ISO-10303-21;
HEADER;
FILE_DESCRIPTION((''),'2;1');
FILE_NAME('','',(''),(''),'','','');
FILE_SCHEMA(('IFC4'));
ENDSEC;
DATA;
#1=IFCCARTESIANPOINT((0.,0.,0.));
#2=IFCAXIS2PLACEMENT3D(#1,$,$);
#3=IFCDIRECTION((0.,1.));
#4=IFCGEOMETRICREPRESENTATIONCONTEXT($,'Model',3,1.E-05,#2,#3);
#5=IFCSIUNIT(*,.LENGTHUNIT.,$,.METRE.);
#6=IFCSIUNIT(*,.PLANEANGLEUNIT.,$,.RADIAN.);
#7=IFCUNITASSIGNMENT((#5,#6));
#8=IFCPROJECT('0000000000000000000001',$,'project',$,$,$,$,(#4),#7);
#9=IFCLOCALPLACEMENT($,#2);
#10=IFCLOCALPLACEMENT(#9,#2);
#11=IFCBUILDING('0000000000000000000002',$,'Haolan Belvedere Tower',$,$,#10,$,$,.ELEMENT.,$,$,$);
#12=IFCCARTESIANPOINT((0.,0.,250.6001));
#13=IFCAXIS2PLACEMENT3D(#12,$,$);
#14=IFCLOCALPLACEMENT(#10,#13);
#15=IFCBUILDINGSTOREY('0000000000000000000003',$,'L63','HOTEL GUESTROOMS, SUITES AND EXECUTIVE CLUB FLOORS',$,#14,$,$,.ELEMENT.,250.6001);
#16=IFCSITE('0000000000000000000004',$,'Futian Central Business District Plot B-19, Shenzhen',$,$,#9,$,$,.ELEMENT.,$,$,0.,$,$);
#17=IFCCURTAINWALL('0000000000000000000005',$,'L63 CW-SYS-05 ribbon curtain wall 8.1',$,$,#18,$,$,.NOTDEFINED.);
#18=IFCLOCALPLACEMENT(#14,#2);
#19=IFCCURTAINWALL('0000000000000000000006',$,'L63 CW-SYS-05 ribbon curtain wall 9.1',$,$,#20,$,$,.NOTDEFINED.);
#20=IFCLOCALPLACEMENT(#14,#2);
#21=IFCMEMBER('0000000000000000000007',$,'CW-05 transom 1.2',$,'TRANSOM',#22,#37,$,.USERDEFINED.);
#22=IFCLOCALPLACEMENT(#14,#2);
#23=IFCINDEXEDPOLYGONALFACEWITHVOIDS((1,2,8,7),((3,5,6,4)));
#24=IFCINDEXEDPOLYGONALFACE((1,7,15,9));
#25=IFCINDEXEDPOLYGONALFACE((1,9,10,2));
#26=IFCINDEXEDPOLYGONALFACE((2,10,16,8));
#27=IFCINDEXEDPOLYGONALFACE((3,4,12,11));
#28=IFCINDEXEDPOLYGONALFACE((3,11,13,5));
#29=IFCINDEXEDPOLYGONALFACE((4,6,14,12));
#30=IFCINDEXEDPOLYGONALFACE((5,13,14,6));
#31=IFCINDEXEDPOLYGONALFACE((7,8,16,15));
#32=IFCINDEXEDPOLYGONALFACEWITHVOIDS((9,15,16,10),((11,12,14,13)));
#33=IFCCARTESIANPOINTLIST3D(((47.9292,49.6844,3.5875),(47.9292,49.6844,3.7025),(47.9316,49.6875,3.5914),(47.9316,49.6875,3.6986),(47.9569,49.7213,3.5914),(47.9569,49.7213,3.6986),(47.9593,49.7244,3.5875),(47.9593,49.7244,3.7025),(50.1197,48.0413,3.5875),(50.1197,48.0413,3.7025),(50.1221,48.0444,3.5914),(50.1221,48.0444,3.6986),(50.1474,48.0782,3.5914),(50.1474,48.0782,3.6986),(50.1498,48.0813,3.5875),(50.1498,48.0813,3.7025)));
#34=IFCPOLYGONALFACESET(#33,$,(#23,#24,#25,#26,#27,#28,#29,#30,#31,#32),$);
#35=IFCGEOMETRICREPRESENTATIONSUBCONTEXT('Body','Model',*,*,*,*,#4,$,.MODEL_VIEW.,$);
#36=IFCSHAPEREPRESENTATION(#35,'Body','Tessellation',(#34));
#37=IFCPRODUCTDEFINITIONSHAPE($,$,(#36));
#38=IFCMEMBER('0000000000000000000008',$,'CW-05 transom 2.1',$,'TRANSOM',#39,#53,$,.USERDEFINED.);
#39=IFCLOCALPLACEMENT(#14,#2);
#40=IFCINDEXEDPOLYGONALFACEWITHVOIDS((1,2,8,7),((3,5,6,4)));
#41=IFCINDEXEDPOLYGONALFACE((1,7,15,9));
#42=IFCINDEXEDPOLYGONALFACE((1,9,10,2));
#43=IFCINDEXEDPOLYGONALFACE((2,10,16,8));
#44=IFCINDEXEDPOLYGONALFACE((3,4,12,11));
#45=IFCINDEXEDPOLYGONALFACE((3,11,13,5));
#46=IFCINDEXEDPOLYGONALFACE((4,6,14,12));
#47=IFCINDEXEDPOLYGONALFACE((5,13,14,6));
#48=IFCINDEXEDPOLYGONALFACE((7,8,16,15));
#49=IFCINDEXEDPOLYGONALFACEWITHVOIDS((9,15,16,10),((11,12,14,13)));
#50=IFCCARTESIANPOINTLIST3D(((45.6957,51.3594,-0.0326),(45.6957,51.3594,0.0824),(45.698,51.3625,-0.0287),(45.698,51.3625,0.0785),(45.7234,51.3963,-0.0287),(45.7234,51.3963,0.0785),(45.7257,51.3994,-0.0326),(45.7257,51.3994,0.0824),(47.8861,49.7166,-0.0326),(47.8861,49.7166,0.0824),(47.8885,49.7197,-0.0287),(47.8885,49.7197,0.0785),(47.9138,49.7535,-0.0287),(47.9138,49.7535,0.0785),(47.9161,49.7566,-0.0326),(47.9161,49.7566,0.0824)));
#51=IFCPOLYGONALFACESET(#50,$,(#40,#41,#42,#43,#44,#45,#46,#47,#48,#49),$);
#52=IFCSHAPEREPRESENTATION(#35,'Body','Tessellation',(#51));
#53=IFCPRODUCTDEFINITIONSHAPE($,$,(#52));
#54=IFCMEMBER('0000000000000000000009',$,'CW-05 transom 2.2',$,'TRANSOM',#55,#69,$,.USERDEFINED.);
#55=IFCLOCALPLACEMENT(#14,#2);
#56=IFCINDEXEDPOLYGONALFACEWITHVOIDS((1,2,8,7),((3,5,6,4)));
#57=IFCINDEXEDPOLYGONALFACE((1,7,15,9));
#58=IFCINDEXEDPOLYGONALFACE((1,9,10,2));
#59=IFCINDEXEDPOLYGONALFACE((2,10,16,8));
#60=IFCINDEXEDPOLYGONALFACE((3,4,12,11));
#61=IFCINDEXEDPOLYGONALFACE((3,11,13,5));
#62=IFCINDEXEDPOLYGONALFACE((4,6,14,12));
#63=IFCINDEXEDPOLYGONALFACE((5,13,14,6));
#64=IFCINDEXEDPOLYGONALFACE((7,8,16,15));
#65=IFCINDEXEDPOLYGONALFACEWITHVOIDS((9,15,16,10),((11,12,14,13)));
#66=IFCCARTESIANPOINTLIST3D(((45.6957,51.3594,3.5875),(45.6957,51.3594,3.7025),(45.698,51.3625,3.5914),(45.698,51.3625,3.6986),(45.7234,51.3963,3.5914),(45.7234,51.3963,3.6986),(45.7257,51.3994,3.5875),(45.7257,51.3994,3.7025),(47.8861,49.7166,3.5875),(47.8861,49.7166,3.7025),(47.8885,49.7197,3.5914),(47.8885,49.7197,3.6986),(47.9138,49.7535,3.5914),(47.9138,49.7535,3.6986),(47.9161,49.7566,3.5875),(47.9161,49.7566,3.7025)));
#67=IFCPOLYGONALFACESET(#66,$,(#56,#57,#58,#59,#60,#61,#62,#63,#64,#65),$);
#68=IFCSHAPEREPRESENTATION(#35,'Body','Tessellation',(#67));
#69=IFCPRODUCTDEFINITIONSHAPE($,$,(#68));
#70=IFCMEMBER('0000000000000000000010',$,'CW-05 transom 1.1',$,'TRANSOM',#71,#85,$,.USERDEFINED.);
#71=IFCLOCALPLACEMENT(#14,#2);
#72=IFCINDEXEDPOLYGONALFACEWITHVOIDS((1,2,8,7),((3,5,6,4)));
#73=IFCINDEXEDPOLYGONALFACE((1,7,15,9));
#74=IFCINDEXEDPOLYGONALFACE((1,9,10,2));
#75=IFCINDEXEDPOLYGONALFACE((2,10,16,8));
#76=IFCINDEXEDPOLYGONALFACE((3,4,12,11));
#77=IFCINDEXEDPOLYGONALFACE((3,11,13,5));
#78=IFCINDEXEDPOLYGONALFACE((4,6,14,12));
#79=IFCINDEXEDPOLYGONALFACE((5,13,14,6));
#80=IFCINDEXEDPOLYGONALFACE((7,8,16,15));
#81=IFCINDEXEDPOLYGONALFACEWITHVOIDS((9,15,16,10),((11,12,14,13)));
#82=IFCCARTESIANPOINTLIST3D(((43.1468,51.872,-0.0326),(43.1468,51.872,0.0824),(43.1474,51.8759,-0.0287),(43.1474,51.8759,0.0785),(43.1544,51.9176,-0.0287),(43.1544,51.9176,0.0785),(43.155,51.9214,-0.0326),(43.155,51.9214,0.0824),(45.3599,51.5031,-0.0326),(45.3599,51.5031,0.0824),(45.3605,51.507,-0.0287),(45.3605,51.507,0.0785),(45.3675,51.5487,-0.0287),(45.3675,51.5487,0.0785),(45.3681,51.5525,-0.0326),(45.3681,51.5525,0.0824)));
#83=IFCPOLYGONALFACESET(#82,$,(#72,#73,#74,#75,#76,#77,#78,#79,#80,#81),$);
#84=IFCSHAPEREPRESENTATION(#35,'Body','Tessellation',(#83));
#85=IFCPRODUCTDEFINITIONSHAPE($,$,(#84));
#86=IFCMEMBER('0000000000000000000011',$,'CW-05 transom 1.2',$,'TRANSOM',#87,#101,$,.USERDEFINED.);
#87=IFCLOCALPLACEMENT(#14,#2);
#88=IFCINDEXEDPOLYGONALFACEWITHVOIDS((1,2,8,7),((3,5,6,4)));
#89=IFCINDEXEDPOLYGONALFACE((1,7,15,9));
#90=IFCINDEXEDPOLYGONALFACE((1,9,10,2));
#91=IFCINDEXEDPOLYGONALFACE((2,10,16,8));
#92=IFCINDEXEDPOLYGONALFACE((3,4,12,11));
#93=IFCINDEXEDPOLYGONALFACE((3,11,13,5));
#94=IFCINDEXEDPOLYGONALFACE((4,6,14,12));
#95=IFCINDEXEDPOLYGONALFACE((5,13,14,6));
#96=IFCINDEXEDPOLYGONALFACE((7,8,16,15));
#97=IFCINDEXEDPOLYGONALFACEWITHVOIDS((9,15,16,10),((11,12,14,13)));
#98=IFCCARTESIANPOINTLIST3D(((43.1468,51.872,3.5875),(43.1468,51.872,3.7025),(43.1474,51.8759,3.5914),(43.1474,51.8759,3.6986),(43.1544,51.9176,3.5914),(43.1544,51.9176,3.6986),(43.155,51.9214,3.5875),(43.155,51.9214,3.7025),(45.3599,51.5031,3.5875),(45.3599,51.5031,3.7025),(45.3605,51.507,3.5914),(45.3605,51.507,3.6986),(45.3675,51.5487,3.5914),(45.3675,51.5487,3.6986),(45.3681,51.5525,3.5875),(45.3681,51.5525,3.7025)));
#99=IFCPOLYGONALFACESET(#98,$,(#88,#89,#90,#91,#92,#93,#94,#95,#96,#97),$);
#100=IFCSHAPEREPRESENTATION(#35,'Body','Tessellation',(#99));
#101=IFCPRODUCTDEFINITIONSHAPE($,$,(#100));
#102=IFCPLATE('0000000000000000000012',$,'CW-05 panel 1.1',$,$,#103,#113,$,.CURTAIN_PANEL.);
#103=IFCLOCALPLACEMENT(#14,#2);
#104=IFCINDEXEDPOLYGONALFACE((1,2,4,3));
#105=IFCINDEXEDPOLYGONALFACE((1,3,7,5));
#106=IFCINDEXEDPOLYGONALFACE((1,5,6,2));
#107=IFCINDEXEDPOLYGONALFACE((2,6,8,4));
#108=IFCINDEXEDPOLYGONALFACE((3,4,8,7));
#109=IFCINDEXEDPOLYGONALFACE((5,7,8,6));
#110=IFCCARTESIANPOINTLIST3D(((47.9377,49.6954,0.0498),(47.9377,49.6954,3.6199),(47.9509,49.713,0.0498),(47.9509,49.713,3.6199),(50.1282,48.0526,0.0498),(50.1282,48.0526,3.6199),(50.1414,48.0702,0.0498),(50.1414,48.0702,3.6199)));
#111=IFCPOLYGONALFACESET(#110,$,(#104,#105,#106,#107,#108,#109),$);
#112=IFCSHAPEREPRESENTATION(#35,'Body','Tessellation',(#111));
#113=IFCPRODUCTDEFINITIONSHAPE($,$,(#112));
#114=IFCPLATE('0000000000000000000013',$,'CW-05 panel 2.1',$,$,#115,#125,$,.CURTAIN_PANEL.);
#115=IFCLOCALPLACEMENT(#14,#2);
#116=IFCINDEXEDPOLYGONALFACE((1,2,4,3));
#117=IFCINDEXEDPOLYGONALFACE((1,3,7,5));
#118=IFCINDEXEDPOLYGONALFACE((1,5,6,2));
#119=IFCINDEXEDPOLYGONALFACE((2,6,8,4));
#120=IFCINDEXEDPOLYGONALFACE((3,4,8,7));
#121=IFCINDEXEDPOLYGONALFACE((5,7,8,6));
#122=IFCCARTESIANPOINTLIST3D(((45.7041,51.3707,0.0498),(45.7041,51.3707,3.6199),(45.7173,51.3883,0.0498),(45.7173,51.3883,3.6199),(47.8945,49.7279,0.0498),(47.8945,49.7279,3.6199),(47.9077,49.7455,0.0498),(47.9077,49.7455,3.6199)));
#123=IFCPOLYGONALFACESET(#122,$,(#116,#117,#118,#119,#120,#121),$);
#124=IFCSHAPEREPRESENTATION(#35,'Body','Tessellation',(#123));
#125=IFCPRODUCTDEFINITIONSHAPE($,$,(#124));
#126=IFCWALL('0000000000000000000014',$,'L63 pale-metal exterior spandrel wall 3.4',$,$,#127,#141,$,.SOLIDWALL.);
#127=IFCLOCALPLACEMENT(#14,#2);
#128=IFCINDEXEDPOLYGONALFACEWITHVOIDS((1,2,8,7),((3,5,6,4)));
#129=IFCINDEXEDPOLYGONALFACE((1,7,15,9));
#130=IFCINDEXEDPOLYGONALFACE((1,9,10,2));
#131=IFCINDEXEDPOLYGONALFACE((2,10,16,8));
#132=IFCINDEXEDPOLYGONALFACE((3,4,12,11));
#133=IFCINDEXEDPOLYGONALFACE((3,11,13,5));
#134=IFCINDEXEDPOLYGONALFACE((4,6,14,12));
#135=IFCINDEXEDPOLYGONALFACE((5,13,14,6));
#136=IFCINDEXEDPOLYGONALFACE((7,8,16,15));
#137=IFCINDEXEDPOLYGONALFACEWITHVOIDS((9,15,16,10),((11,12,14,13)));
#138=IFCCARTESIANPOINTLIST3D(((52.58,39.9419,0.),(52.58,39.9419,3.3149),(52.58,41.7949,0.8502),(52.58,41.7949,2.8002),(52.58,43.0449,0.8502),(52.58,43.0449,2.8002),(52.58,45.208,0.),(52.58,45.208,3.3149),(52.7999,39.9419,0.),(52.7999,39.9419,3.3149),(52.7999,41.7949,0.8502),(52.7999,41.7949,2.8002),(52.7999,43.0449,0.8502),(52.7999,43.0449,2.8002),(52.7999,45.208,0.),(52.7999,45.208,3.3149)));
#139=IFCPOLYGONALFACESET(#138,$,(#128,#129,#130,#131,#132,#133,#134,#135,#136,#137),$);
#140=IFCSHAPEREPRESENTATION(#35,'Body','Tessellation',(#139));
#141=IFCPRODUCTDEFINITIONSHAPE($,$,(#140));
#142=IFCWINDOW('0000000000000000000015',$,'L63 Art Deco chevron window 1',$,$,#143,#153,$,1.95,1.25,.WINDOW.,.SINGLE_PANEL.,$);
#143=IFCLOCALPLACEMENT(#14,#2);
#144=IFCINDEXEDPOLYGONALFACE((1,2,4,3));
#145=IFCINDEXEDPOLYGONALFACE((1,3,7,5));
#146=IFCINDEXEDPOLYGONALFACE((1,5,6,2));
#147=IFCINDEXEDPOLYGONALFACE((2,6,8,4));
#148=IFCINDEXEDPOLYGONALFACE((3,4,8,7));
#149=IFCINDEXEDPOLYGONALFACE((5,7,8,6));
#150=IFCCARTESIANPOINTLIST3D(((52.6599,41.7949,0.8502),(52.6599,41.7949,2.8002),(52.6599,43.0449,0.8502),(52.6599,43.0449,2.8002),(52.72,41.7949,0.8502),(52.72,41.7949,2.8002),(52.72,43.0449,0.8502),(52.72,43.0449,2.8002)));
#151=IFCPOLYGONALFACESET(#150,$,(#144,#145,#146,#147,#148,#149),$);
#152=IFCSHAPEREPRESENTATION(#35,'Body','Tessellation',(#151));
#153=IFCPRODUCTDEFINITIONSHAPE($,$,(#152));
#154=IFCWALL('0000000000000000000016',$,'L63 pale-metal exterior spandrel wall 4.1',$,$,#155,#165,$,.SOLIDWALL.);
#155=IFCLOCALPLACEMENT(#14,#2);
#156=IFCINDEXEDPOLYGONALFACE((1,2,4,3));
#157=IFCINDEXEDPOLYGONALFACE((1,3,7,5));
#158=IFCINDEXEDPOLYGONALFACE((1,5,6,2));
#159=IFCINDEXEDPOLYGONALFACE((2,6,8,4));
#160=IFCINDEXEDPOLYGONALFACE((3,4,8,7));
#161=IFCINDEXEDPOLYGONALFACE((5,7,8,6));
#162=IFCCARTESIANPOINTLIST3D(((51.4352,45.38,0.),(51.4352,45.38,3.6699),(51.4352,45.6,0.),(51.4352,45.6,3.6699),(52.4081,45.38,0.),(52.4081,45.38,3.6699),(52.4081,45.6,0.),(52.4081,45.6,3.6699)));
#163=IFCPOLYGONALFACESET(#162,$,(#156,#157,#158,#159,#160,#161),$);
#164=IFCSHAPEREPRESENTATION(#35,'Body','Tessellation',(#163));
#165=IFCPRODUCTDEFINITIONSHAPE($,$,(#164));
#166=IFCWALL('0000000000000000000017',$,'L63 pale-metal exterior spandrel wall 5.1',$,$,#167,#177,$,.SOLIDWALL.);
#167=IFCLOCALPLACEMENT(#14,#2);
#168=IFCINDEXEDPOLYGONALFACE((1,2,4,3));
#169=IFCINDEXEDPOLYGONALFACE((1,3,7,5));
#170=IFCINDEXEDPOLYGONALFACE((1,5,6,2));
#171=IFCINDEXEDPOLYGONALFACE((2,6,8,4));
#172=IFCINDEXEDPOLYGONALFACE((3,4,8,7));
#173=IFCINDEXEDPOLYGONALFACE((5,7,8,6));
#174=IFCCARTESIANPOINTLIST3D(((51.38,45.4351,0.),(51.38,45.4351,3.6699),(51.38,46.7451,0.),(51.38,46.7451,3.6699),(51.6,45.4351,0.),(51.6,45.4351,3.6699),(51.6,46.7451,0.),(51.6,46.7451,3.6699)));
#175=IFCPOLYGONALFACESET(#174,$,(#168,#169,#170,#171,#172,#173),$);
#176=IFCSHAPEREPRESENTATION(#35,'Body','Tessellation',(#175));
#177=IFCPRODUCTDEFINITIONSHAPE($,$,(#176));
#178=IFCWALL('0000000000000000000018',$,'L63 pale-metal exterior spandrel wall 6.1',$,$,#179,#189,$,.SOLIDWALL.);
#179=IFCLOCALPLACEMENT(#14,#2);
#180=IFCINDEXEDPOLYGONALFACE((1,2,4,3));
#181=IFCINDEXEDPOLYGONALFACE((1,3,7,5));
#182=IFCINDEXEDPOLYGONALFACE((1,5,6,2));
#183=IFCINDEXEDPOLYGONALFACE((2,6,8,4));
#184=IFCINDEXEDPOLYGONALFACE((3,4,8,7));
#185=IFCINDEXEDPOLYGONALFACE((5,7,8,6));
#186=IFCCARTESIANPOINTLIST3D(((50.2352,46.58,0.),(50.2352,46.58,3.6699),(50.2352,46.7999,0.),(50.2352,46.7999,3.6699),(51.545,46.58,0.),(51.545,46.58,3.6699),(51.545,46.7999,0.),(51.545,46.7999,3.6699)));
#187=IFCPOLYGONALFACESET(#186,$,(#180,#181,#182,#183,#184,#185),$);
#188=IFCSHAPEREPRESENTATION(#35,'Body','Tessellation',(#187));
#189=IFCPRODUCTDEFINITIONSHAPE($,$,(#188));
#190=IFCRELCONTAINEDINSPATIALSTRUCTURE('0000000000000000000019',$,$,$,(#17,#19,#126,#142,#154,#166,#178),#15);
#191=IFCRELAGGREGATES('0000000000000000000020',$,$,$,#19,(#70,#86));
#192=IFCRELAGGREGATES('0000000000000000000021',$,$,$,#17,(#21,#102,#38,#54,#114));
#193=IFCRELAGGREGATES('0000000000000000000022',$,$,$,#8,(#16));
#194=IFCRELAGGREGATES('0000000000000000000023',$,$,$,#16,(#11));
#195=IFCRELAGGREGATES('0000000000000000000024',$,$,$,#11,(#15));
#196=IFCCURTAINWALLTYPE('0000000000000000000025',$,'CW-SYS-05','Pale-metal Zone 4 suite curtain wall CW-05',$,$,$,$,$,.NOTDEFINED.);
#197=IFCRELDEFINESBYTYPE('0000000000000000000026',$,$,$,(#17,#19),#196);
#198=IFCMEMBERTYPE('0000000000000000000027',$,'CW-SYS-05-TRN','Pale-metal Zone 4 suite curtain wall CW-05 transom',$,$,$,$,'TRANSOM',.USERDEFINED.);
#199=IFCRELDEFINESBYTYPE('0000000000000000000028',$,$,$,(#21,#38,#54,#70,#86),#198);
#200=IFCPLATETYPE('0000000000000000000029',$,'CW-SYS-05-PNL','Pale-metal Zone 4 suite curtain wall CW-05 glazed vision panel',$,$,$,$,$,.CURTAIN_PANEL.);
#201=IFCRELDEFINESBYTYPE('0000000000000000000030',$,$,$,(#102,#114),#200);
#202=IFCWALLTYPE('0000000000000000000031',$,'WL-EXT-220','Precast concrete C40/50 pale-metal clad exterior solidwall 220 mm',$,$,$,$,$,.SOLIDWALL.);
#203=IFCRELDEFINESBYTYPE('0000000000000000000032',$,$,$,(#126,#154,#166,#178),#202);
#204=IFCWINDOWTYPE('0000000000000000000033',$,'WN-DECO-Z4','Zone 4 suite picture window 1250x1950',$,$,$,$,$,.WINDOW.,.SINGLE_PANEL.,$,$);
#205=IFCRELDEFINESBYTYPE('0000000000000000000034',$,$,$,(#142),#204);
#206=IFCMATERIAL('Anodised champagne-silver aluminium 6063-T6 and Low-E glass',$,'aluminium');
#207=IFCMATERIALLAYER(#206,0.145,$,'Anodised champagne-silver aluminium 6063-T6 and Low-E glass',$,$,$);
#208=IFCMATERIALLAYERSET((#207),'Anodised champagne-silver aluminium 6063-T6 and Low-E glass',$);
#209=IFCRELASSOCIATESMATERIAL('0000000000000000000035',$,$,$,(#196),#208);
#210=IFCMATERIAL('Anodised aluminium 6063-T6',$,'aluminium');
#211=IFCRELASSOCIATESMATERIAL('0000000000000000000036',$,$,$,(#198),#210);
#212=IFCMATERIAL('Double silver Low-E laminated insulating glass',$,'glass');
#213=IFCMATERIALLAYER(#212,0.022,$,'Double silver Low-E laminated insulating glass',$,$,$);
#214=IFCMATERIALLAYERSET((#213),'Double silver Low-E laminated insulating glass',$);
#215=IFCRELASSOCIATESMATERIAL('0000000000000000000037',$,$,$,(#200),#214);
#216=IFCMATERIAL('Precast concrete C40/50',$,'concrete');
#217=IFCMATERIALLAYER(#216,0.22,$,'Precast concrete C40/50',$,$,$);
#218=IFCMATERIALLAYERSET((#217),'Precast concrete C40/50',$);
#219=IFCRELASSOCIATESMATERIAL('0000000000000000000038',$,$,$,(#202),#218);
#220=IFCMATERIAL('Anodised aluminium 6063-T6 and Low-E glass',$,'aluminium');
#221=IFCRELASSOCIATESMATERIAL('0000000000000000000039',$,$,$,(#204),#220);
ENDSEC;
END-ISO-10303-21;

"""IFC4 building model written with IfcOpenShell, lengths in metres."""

from ifc_helpers import new_model, si_unit, direction, frame, frame_2d, origin, origin_2d, place, context, subcontext, project, spatial, rectangle, hollow_rectangle, extrude, material, layer, layer_set, material_profile, profile_set, type_object, element, fill, aggregate, save


model = new_model("IFC4")

# Units and contexts
model_context = context("Model", 3, precision=1e-05, world=origin(), true_north=direction((0.0, 1.0)))
body_context = subcontext(model_context, "Body", "Model", "MODEL_VIEW")
ifc_project = project(units=[si_unit("LENGTHUNIT", "METRE"), si_unit("PLANEANGLEUNIT", "RADIAN")], contexts=[model_context])

# Site, building, storey
site_placement = place(None, origin())
site = spatial("IfcSite", under=ifc_project, at=site_placement, Name="Futian Central Business District Plot B-19, Shenzhen", CompositionType="ELEMENT", RefElevation=0.0)
building_placement = place(site_placement, origin())
building = spatial("IfcBuilding", under=site, at=building_placement, Name="Haolan Belvedere Tower", CompositionType="ELEMENT")
storey_placement = place(building_placement, frame((0.0, 0.0, 250.6001)))
storey = spatial("IfcBuildingStorey", under=building, at=storey_placement, Name="L63", Description="HOTEL GUESTROOMS, SUITES AND EXECUTIVE CLUB FLOORS", CompositionType="ELEMENT", Elevation=250.6001)

# Curtain wall
ifc_material_1 = material(Name="Anodised champagne-silver aluminium 6063-T6 and Low-E glass", Category="aluminium")
ifc_layer_1 = layer(ifc_material_1, 0.145, Name="Anodised champagne-silver aluminium 6063-T6 and Low-E glass")
ifc_layer_set_1 = layer_set([ifc_layer_1], Name="Anodised champagne-silver aluminium 6063-T6 and Low-E glass")
curtain_wall_type = type_object("IfcCurtainWallType", Name="CW-SYS-05", Description="Pale-metal Zone 4 suite curtain wall CW-05", PredefinedType="NOTDEFINED", material=ifc_layer_set_1)
curtain_wall_1_placement = place(storey_placement, origin())
curtain_wall_1 = element("IfcCurtainWall", 1, at=curtain_wall_1_placement, inside=storey, type_object=curtain_wall_type, Name="L63 CW-SYS-05 ribbon curtain wall 8.1", PredefinedType="NOTDEFINED")
ifc_material_2 = material(Name="Anodised aluminium 6063-T6", Category="aluminium")

# Curtain wall
curtain_wall_2_placement = place(storey_placement, origin())
curtain_wall_2 = element("IfcCurtainWall", 2, at=curtain_wall_2_placement, inside=storey, type_object=curtain_wall_type, Name="L63 CW-SYS-05 ribbon curtain wall 9.1", PredefinedType="NOTDEFINED")

# Members
ifc_material_profile_1 = material_profile(ifc_material_2, hollow_rectangle(XDim=0.05, YDim=0.115, WallThickness=0.0039, at=origin_2d()), Name="Anodised aluminium 6063-T6")
ifc_profile_set_1 = profile_set([ifc_material_profile_1], Name="Anodised aluminium 6063-T6")
member_type_1 = type_object("IfcMemberType", Name="CW-SYS-05-TRN", Description="Pale-metal Zone 4 suite curtain wall CW-05 transom", ElementType="TRANSOM", PredefinedType="USERDEFINED", material=ifc_profile_set_1)
member_1_placement = place(storey_placement, frame((50.1348, 48.0613, 3.645), z_axis=(-0.799957, 0.600057, 0.0), x_axis=(-0.600057, -0.799957, 0.0)))
member_1 = element("IfcMember", 3, at=member_1_placement, type_object=member_type_1, Name="CW-05 transom 1.2", ObjectType="TRANSOM", PredefinedType="USERDEFINED", context=body_context, shape_type="SweptSolid", body=[
    extrude(hollow_rectangle(XDim=0.05, YDim=0.115, WallThickness=0.0039, at=origin_2d()), origin(), (0.0, 0.0, 1.0), 2.7383),
])
member_2_placement = place(storey_placement, frame((47.9011, 49.7366, 0.0249), z_axis=(-0.8, 0.6, 0.0), x_axis=(-0.6, -0.8, 0.0)))
member_2 = element("IfcMember", 4, at=member_2_placement, type_object=member_type_1, Name="CW-05 transom 2.1", ObjectType="TRANSOM", PredefinedType="USERDEFINED", context=body_context, shape_type="SweptSolid", body=[
    extrude(hollow_rectangle(XDim=0.05, YDim=0.115, WallThickness=0.0039, at=origin_2d()), origin(), (0.0, 0.0, 1.0), 2.738),
])
member_3_placement = place(storey_placement, frame((47.9011, 49.7366, 3.645), z_axis=(-0.8, 0.6, 0.0), x_axis=(-0.6, -0.8, 0.0)))
member_3 = element("IfcMember", 5, at=member_3_placement, type_object=member_type_1, Name="CW-05 transom 2.2", ObjectType="TRANSOM", PredefinedType="USERDEFINED", context=body_context, shape_type="SweptSolid", body=[
    extrude(hollow_rectangle(XDim=0.05, YDim=0.115, WallThickness=0.0039, at=origin_2d()), origin(), (0.0, 0.0, 1.0), 2.738),
])
member_4_placement = place(storey_placement, frame((45.364, 51.5278, 0.0249), z_axis=(-0.986391, 0.164417, 0.0), x_axis=(-0.164417, -0.986391, 0.0)))
member_4 = element("IfcMember", 6, at=member_4_placement, type_object=member_type_1, Name="CW-05 transom 1.1", ObjectType="TRANSOM", PredefinedType="USERDEFINED", context=body_context, shape_type="SweptSolid", body=[
    extrude(hollow_rectangle(XDim=0.05, YDim=0.115, WallThickness=0.0039, at=origin_2d()), origin(), (0.0, 0.0, 1.0), 2.2437),
])
member_5_placement = place(storey_placement, frame((45.364, 51.5278, 3.645), z_axis=(-0.986391, 0.164417, 0.0), x_axis=(-0.164417, -0.986391, 0.0)))
member_5 = element("IfcMember", 7, at=member_5_placement, type_object=member_type_1, Name="CW-05 transom 1.2", ObjectType="TRANSOM", PredefinedType="USERDEFINED", context=body_context, shape_type="SweptSolid", body=[
    extrude(hollow_rectangle(XDim=0.05, YDim=0.115, WallThickness=0.0039, at=origin_2d()), origin(), (0.0, 0.0, 1.0), 2.2437),
])
aggregate(curtain_wall_2, [member_4, member_5])

# Plates
ifc_material_3 = material(Name="Double silver Low-E laminated insulating glass", Category="glass")
ifc_layer_2 = layer(ifc_material_3, 0.022, Name="Double silver Low-E laminated insulating glass")
ifc_layer_set_2 = layer_set([ifc_layer_2], Name="Double silver Low-E laminated insulating glass")
plate_type = type_object("IfcPlateType", Name="CW-SYS-05-PNL", Description="Pale-metal Zone 4 suite curtain wall CW-05 glazed vision panel", PredefinedType="CURTAIN_PANEL", material=ifc_layer_set_2)
plate_1_placement = place(storey_placement, frame((49.0396, 48.8828, 0.0498), z_axis=(0.0, 0.0, 1.0), x_axis=(-0.799998, 0.600003, 0.0)))
plate_1 = element("IfcPlate", 8, at=plate_1_placement, type_object=plate_type, Name="CW-05 panel 1.1", PredefinedType="CURTAIN_PANEL", context=body_context, shape_type="SweptSolid", body=[
    extrude(rectangle(XDim=2.738, YDim=0.022, at=origin_2d()), origin(), (0.0, 0.0, 1.0), 3.5701),
])
plate_2_placement = place(storey_placement, frame((46.8059, 50.5581, 0.0498), z_axis=(0.0, 0.0, 1.0), x_axis=(-0.799998, 0.600003, 0.0)))
plate_2 = element("IfcPlate", 9, at=plate_2_placement, type_object=plate_type, Name="CW-05 panel 2.1", PredefinedType="CURTAIN_PANEL", context=body_context, shape_type="SweptSolid", body=[
    extrude(rectangle(XDim=2.738, YDim=0.022, at=origin_2d()), origin(), (0.0, 0.0, 1.0), 3.5701),
])
aggregate(curtain_wall_1, [member_1, plate_1, member_2, member_3, plate_2])

# Wall, opening, window
ifc_material_4 = material(Name="Precast concrete C40/50", Category="concrete")
ifc_layer_3 = layer(ifc_material_4, 0.22, Name="Precast concrete C40/50")
ifc_layer_set_3 = layer_set([ifc_layer_3], Name="Precast concrete C40/50")
wall_type_1 = type_object("IfcWallType", Name="WL-EXT-220", Description="Precast concrete C40/50 pale-metal clad exterior solidwall 220 mm", PredefinedType="SOLIDWALL", material=ifc_layer_set_3)
wall_1_placement = place(storey_placement, frame((52.6899, 39.9419, 0.0), z_axis=(0.0, 0.0, 1.0), x_axis=(0.0, 1.0, 0.0)))
wall_1 = element("IfcWall", 10, at=wall_1_placement, inside=storey, type_object=wall_type_1, Name="L63 pale-metal exterior spandrel wall 3.4", PredefinedType="SOLIDWALL", context=body_context, shape_type="SweptSolid", body=[
    extrude(rectangle(XDim=5.2661, YDim=0.22, at=frame_2d((2.6331, 0.0))), origin(), (0.0, 0.0, 1.0), 3.3149),
])
opening_1_placement = place(wall_1_placement, frame((1.853, 0.0, 0.8501)))
opening_1 = element("IfcOpeningElement", 11, at=opening_1_placement, cuts=wall_1, PredefinedType="OPENING", context=body_context, shape_type="SweptSolid", body=[
    extrude(rectangle(XDim=1.25, YDim=1.95, at=frame_2d((0.625, 0.9751))), frame((0.0, 0.1199, 0.0), z_axis=(0.0, -1.0, 0.0), x_axis=(1.0, 0.0, 0.0)), (0.0, 0.0, 1.0), 0.24),
])
ifc_material_5 = material(Name="Anodised aluminium 6063-T6 and Low-E glass", Category="aluminium")
window_type = type_object("IfcWindowType", Name="WN-DECO-Z4", Description="Zone 4 suite picture window 1250x1950", PartitioningType="SINGLE_PANEL", PredefinedType="WINDOW", material=ifc_material_5)
window_placement = place(opening_1_placement, origin())
window = element("IfcWindow", 12, at=window_placement, inside=storey, type_object=window_type, Name="L63 Art Deco chevron window 1", OverallHeight=1.95, OverallWidth=1.25, PartitioningType="SINGLE_PANEL", PredefinedType="WINDOW", context=body_context, shape_type="SweptSolid", body=[
    extrude(rectangle(XDim=1.25, YDim=1.95, at=frame_2d((0.625, 0.9751))), frame((0.0, 0.03, 0.0), z_axis=(0.0, -1.0, 0.0), x_axis=(1.0, 0.0, 0.0)), (0.0, 0.0, 1.0), 0.0601),
])
fill(opening_1, window)

# Walls
wall_2_placement = place(storey_placement, frame((52.408, 45.49, 0.0), z_axis=(0.0, 0.0, 1.0), x_axis=(-1.0, 0.0, 0.0)))
element("IfcWall", 13, at=wall_2_placement, inside=storey, type_object=wall_type_1, Name="L63 pale-metal exterior spandrel wall 4.1", PredefinedType="SOLIDWALL", context=body_context, shape_type="SweptSolid", body=[
    extrude(rectangle(XDim=0.9729, YDim=0.22, at=frame_2d((0.4863, 0.0))), origin(), (0.0, 0.0, 1.0), 3.6699),
])
wall_3_placement = place(storey_placement, frame((51.49, 45.4351, 0.0), z_axis=(0.0, 0.0, 1.0), x_axis=(0.0, 1.0, 0.0)))
element("IfcWall", 14, at=wall_3_placement, inside=storey, type_object=wall_type_1, Name="L63 pale-metal exterior spandrel wall 5.1", PredefinedType="SOLIDWALL", context=body_context, shape_type="SweptSolid", body=[
    extrude(rectangle(XDim=1.3101, YDim=0.22, at=frame_2d((0.655, 0.0))), origin(), (0.0, 0.0, 1.0), 3.6699),
])
wall_4_placement = place(storey_placement, frame((51.5449, 46.6899, 0.0), z_axis=(0.0, 0.0, 1.0), x_axis=(-1.0, 0.0, 0.0)))
element("IfcWall", 15, at=wall_4_placement, inside=storey, type_object=wall_type_1, Name="L63 pale-metal exterior spandrel wall 6.1", PredefinedType="SOLIDWALL", context=body_context, shape_type="SweptSolid", body=[
    extrude(rectangle(XDim=1.3098, YDim=0.22, at=frame_2d((0.6548, 0.0))), origin(), (0.0, 0.0, 1.0), 3.6699),
])

save(model, "model.ifc")
